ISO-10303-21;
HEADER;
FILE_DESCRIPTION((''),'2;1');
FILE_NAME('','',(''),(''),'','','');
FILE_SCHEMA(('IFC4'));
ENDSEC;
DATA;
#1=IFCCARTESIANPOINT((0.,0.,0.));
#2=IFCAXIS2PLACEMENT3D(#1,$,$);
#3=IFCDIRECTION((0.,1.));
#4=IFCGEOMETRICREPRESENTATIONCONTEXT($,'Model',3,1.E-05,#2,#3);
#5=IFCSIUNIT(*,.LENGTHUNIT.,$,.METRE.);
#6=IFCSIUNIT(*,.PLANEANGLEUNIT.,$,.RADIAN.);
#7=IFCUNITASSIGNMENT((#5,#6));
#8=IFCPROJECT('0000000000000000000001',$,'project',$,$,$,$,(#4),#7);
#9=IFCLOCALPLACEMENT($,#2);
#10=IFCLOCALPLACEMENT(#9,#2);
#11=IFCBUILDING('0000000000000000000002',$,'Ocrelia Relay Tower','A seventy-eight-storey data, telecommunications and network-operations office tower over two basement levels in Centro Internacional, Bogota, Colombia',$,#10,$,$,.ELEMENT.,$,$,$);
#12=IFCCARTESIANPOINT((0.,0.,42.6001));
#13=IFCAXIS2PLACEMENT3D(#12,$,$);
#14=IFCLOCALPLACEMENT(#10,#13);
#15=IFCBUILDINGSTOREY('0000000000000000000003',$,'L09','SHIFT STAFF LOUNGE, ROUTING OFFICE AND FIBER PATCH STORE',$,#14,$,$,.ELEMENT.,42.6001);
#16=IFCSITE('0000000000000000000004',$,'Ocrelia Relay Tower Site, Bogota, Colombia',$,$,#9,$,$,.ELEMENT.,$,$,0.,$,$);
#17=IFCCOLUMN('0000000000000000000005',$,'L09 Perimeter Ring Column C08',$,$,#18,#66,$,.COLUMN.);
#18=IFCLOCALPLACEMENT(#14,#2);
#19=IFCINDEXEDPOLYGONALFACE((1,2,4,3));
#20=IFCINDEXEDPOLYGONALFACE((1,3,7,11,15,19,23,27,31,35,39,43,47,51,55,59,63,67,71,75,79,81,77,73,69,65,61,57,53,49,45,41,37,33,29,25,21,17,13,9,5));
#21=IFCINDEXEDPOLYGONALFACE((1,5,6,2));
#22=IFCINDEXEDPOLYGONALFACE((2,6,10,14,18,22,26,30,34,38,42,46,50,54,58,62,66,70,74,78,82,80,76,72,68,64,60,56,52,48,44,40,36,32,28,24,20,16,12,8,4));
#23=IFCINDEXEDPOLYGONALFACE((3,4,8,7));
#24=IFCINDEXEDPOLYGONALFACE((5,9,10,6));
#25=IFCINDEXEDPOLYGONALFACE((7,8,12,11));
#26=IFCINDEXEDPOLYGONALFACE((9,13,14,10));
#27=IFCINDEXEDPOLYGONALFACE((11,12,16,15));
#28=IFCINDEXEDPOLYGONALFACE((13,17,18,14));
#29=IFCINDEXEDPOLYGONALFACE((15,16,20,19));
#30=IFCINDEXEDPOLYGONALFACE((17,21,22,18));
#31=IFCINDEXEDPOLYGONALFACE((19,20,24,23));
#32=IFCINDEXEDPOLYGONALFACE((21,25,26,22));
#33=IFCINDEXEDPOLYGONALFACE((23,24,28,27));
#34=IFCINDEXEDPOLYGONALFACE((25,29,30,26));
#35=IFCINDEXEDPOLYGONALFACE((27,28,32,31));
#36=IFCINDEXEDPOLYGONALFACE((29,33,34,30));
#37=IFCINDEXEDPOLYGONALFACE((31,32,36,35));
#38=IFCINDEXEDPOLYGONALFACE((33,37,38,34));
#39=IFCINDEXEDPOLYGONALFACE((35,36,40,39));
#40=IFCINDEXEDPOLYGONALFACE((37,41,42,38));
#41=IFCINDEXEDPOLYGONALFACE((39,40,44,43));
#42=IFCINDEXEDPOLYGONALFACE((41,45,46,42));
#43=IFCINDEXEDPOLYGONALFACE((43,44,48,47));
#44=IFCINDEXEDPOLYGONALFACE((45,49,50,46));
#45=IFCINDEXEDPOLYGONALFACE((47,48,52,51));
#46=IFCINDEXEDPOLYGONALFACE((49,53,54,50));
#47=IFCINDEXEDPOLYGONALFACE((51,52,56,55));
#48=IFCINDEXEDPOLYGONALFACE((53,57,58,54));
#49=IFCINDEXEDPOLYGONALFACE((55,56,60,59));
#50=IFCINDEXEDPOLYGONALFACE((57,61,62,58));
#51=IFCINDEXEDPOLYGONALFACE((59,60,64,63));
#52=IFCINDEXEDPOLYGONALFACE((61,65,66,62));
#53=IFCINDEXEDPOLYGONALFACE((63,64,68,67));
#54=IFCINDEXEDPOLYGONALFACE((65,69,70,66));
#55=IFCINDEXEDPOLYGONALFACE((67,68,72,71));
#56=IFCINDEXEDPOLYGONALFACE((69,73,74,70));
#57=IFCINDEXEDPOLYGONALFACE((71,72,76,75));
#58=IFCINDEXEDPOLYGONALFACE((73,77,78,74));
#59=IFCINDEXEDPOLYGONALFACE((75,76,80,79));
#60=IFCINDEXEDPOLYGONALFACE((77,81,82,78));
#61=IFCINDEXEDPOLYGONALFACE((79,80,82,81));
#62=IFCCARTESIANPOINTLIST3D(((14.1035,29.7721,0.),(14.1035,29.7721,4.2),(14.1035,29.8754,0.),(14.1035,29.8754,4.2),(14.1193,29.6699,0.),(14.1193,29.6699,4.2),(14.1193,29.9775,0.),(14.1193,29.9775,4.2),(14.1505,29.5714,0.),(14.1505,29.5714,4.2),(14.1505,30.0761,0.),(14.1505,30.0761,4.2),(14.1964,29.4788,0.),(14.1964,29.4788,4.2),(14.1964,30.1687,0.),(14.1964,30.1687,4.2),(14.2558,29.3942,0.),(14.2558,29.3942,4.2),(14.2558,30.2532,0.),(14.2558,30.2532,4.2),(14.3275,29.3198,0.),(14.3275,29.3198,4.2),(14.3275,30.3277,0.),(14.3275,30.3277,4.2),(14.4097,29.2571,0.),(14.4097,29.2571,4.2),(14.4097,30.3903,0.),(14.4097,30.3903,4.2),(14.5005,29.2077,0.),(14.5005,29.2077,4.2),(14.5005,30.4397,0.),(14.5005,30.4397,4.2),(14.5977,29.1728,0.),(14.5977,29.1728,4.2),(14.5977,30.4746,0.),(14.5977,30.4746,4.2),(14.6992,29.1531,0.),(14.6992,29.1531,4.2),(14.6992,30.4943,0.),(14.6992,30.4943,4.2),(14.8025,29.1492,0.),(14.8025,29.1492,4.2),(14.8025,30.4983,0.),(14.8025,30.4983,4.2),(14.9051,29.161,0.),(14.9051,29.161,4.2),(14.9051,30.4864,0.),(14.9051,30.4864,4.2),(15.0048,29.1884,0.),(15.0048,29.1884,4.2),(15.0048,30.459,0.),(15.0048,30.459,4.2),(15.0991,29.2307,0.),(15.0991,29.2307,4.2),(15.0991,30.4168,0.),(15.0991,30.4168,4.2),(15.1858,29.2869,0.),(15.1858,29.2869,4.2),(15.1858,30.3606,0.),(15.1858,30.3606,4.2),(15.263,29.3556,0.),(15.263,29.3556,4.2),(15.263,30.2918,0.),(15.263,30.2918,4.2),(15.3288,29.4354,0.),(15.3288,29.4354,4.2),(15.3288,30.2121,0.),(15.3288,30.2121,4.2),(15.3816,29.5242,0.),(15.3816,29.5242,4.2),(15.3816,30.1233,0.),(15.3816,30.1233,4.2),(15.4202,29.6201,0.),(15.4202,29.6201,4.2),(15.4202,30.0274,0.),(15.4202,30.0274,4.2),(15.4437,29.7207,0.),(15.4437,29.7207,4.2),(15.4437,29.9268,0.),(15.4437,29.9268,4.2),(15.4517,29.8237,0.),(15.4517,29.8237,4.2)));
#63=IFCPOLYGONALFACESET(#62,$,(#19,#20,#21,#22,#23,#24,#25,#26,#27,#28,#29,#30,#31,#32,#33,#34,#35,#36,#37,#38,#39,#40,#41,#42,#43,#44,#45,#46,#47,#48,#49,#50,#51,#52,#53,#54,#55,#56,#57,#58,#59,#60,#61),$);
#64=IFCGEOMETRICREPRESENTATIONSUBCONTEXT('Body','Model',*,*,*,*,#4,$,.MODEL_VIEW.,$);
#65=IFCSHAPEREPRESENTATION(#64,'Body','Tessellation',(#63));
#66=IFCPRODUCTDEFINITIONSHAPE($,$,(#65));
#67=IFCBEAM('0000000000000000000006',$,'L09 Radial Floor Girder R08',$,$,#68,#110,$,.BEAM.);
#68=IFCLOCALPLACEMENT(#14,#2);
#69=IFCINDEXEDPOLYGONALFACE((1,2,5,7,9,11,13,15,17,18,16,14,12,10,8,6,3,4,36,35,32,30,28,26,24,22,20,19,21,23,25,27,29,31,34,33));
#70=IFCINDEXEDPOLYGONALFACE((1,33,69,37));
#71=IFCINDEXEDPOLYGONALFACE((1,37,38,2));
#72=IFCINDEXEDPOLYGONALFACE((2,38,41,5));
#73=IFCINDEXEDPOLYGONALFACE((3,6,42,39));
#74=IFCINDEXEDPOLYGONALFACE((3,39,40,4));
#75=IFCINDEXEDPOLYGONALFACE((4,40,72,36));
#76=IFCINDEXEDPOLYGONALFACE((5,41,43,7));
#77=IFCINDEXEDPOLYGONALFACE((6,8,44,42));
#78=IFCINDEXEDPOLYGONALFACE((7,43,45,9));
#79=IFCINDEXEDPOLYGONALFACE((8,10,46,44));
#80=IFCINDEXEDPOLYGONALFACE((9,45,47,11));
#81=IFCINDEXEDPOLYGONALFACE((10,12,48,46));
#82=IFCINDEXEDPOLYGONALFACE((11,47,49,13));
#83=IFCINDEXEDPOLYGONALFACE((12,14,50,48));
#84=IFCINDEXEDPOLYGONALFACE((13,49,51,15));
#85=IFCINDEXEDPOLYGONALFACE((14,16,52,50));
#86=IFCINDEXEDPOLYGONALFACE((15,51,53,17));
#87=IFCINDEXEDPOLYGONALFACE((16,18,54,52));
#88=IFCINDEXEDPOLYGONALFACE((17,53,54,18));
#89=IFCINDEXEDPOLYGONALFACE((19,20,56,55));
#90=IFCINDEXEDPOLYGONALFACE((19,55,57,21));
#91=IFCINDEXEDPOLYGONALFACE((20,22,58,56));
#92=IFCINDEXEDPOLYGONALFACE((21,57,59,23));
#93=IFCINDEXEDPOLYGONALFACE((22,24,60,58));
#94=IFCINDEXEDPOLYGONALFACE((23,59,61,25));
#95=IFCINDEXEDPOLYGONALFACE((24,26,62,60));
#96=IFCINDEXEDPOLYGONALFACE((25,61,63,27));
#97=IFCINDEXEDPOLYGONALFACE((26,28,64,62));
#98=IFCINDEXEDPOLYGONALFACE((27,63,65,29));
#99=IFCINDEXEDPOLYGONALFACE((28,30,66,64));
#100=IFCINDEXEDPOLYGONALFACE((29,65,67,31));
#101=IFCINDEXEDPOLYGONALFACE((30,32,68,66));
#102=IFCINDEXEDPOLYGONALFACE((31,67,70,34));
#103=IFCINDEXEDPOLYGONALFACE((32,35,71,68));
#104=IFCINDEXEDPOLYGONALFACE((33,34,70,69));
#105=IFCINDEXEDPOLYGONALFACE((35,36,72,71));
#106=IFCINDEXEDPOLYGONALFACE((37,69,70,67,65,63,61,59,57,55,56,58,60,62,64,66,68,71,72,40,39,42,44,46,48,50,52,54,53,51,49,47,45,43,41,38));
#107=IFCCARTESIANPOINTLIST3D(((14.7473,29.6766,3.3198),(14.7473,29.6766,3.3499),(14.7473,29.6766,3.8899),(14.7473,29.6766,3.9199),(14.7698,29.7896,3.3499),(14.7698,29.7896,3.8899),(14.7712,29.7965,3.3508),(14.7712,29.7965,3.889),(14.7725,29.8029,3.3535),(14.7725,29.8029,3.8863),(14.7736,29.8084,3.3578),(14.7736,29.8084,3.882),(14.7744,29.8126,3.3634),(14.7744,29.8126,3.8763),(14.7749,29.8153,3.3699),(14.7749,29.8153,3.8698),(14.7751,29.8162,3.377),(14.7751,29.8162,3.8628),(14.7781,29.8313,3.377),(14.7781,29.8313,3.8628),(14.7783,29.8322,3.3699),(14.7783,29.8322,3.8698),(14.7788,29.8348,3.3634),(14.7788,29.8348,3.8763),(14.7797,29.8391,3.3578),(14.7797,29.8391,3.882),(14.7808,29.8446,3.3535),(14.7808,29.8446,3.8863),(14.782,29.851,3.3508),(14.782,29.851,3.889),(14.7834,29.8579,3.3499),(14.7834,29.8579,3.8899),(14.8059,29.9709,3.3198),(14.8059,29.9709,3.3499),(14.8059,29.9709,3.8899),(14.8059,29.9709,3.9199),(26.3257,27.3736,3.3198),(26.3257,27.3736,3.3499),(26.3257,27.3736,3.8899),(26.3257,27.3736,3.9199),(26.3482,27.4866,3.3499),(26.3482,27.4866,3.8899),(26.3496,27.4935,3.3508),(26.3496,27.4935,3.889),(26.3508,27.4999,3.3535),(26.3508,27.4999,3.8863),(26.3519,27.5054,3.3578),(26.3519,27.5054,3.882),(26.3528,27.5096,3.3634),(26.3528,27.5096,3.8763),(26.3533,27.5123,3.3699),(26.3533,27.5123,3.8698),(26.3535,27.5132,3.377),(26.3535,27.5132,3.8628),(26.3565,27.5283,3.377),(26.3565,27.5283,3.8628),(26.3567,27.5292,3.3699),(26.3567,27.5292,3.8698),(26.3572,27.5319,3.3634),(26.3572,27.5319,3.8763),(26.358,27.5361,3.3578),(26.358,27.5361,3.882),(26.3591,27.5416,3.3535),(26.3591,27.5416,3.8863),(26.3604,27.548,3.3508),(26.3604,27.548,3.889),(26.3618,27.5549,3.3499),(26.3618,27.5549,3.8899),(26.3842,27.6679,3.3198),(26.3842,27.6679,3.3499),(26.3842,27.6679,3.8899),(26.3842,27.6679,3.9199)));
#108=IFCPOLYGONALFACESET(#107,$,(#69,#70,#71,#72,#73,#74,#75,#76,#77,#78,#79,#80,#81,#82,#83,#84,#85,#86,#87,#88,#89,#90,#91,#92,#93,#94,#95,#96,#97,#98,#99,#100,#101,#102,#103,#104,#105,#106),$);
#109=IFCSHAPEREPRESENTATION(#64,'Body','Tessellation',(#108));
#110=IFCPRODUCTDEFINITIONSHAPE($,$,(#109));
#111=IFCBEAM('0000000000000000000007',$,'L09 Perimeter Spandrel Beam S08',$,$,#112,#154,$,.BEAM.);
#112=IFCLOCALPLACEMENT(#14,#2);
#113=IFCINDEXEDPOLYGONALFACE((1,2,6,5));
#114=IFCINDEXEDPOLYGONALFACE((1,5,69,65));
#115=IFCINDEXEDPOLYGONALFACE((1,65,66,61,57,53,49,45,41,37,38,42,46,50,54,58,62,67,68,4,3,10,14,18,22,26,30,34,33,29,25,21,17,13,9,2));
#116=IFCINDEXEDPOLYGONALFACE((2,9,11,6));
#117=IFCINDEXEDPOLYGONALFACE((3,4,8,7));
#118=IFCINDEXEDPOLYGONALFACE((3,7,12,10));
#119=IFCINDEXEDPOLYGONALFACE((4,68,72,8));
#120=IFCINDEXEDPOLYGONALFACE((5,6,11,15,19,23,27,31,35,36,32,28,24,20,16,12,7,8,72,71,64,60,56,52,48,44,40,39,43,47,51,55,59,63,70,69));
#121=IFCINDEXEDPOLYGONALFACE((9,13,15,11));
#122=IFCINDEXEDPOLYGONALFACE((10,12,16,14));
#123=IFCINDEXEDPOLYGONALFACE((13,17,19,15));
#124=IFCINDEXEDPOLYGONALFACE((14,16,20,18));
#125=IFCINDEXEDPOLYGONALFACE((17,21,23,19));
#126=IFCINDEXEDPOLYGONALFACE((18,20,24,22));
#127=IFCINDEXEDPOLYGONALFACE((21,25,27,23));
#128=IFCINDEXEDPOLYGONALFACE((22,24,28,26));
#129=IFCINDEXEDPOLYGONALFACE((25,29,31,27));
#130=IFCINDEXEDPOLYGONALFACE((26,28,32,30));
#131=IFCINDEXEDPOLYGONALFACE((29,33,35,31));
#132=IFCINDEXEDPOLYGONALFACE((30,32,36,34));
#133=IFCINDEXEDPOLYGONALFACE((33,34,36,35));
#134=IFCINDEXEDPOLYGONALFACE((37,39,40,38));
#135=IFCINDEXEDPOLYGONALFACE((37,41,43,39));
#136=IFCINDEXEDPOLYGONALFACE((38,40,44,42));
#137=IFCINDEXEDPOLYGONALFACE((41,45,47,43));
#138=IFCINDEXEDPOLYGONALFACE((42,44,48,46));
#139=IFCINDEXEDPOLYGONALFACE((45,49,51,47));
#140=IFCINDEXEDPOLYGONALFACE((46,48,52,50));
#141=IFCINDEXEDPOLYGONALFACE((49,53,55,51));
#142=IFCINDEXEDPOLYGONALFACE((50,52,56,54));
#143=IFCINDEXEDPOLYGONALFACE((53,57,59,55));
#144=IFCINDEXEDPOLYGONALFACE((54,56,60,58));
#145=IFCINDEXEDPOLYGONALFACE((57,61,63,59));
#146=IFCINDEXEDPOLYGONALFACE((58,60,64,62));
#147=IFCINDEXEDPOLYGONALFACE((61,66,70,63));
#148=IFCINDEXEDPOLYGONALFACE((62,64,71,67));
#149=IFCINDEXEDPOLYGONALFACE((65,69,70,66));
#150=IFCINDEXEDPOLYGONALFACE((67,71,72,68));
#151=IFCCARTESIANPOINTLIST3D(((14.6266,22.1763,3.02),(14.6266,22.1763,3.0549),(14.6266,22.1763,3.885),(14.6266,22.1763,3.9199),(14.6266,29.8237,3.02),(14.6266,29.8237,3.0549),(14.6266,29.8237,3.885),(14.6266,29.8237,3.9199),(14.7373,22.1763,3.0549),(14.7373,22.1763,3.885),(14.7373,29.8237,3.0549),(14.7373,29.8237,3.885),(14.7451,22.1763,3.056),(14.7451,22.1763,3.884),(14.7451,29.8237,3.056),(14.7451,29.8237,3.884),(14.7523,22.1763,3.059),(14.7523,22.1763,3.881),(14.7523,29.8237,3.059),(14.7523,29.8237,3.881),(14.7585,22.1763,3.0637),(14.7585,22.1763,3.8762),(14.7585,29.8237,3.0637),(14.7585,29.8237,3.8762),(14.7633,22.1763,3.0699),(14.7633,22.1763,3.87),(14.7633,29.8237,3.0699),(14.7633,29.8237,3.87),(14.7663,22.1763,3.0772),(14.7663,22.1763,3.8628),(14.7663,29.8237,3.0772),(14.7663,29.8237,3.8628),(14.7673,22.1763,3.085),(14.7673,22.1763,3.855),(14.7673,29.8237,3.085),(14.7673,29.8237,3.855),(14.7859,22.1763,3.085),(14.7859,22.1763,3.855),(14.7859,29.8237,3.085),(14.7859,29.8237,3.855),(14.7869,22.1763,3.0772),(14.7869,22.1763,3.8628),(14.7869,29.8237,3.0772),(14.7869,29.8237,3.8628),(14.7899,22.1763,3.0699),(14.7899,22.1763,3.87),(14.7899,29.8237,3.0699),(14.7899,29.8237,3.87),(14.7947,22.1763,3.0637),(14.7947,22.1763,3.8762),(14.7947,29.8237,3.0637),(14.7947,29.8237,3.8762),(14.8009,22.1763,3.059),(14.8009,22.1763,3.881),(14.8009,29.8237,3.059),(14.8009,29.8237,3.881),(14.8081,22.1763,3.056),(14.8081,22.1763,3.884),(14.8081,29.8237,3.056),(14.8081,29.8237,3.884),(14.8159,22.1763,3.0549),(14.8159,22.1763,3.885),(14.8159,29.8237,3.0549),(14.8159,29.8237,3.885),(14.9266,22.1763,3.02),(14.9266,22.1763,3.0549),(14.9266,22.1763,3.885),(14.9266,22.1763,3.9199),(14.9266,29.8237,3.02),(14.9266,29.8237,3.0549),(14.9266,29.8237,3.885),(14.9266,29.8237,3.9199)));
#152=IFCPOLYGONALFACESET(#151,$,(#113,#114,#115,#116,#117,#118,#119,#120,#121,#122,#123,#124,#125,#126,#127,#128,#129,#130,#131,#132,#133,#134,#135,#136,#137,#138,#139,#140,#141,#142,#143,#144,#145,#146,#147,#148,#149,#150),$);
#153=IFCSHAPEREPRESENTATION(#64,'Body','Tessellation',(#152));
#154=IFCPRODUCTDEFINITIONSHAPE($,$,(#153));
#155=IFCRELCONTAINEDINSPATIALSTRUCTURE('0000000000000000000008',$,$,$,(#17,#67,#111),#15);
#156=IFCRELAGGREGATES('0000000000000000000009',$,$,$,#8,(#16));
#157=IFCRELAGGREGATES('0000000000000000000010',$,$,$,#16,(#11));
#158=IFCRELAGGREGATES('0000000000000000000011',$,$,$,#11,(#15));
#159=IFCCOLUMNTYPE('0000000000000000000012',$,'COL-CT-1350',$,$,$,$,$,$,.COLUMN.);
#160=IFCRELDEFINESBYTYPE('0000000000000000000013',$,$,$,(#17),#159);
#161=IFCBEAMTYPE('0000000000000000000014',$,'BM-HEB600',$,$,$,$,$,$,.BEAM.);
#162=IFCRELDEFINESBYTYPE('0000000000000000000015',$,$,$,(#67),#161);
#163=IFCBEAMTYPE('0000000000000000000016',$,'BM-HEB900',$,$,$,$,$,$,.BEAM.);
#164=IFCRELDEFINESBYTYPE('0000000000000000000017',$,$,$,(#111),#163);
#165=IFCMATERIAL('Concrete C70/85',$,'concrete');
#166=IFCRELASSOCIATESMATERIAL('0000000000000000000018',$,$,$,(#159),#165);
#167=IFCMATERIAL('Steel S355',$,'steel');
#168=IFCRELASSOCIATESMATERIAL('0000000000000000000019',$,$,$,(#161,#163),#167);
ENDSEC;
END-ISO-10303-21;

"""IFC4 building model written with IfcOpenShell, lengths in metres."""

from ifc_helpers import new_model, si_unit, direction, frame, origin, origin_2d, place, context, subcontext, project, spatial, circle, i_section, extrude, material, material_profile, profile_set, type_object, element, save


model = new_model("IFC4")

# Units and contexts
model_context = context("Model", 3, precision=1e-05, world=origin(), true_north=direction((0.0, 1.0)))
body_context = subcontext(model_context, "Body", "Model", "MODEL_VIEW")
ifc_project = project(units=[si_unit("LENGTHUNIT", "METRE"), si_unit("PLANEANGLEUNIT", "RADIAN")], contexts=[model_context])

# Site, building, storey
site_placement = place(None, origin())
site = spatial("IfcSite", under=ifc_project, at=site_placement, Name="Ocrelia Relay Tower Site, Bogota, Colombia", CompositionType="ELEMENT", RefElevation=0.0)
building_placement = place(site_placement, origin())
building = spatial("IfcBuilding", under=site, at=building_placement, Name="Ocrelia Relay Tower", Description="A seventy-eight-storey data, telecommunications and network-operations office tower over two basement levels in Centro Internacional, Bogota, Colombia", CompositionType="ELEMENT")
storey_placement = place(building_placement, frame((0.0, 0.0, 42.6001)))
storey = spatial("IfcBuildingStorey", under=building, at=storey_placement, Name="L09", Description="SHIFT STAFF LOUNGE, ROUTING OFFICE AND FIBER PATCH STORE", CompositionType="ELEMENT", Elevation=42.6001)

# Column
ifc_material_1 = material(Name="Concrete C70/85", Category="concrete")
ifc_material_profile_1 = material_profile(ifc_material_1, circle(Radius=0.675, at=origin_2d()), Name="RC-CIR-1350")
ifc_profile_set_1 = profile_set([ifc_material_profile_1], Name="Concrete C70/85")
column_type = type_object("IfcColumnType", Name="COL-CT-1350", PredefinedType="COLUMN", material=ifc_profile_set_1)
column_placement = place(storey_placement, frame((14.7766, 29.8237, 0.0), z_axis=(0.0, 0.0, 1.0), x_axis=(1.0, 0.0, 0.0)))
element("IfcColumn", 1, at=column_placement, inside=storey, type_object=column_type, Name="L09 Perimeter Ring Column C08", PredefinedType="COLUMN", context=body_context, shape_type="SweptSolid", body=[
    extrude(circle(Radius=0.675, at=origin_2d()), origin(), (0.0, 0.0, 1.0), 4.2),
])

# Beams
ifc_material_2 = material(Name="Steel S355", Category="steel")
ifc_material_profile_2 = material_profile(ifc_material_2, i_section(OverallWidth=0.3, OverallDepth=0.6001, WebThickness=0.0154, FlangeThickness=0.03, FilletRadius=0.0271, at=origin_2d()), Name="HEB 600")
ifc_profile_set_2 = profile_set([ifc_material_profile_2], Name="Steel S355")
beam_type_1 = type_object("IfcBeamType", Name="BM-HEB600", PredefinedType="BEAM", material=ifc_profile_set_2)
beam_1_placement = place(storey_placement, frame((14.7766, 29.8237, 3.6199), z_axis=(0.980787, -0.195082, 0.0), x_axis=(0.195082, 0.980787, 0.0)))
element("IfcBeam", 2, at=beam_1_placement, inside=storey, type_object=beam_type_1, Name="L09 Radial Floor Girder R08", PredefinedType="BEAM", context=body_context, shape_type="SweptSolid", body=[
    extrude(i_section(OverallWidth=0.3, OverallDepth=0.6001, WebThickness=0.0154, FlangeThickness=0.03, FilletRadius=0.0271, at=origin_2d()), origin(), (0.0, 0.0, 1.0), 11.8052),
])
ifc_material_profile_3 = material_profile(ifc_material_2, i_section(OverallWidth=0.3, OverallDepth=0.8999, WebThickness=0.0186, FlangeThickness=0.0349, FilletRadius=0.03, at=origin_2d()), Name="HEB 900")
ifc_profile_set_3 = profile_set([ifc_material_profile_3], Name="Steel S355")
beam_type_2 = type_object("IfcBeamType", Name="BM-HEB900", PredefinedType="BEAM", material=ifc_profile_set_3)
beam_2_placement = place(storey_placement, frame((14.7766, 29.8237, 3.47), z_axis=(0.0, -1.0, 0.0), x_axis=(1.0, 0.0, 0.0)))
element("IfcBeam", 3, at=beam_2_placement, inside=storey, type_object=beam_type_2, Name="L09 Perimeter Spandrel Beam S08", PredefinedType="BEAM", context=body_context, shape_type="SweptSolid", body=[
    extrude(i_section(OverallWidth=0.3, OverallDepth=0.8999, WebThickness=0.0186, FlangeThickness=0.0349, FilletRadius=0.03, at=origin_2d()), origin(), (0.0, 0.0, 1.0), 7.6475),
])

save(model, "model.ifc")
